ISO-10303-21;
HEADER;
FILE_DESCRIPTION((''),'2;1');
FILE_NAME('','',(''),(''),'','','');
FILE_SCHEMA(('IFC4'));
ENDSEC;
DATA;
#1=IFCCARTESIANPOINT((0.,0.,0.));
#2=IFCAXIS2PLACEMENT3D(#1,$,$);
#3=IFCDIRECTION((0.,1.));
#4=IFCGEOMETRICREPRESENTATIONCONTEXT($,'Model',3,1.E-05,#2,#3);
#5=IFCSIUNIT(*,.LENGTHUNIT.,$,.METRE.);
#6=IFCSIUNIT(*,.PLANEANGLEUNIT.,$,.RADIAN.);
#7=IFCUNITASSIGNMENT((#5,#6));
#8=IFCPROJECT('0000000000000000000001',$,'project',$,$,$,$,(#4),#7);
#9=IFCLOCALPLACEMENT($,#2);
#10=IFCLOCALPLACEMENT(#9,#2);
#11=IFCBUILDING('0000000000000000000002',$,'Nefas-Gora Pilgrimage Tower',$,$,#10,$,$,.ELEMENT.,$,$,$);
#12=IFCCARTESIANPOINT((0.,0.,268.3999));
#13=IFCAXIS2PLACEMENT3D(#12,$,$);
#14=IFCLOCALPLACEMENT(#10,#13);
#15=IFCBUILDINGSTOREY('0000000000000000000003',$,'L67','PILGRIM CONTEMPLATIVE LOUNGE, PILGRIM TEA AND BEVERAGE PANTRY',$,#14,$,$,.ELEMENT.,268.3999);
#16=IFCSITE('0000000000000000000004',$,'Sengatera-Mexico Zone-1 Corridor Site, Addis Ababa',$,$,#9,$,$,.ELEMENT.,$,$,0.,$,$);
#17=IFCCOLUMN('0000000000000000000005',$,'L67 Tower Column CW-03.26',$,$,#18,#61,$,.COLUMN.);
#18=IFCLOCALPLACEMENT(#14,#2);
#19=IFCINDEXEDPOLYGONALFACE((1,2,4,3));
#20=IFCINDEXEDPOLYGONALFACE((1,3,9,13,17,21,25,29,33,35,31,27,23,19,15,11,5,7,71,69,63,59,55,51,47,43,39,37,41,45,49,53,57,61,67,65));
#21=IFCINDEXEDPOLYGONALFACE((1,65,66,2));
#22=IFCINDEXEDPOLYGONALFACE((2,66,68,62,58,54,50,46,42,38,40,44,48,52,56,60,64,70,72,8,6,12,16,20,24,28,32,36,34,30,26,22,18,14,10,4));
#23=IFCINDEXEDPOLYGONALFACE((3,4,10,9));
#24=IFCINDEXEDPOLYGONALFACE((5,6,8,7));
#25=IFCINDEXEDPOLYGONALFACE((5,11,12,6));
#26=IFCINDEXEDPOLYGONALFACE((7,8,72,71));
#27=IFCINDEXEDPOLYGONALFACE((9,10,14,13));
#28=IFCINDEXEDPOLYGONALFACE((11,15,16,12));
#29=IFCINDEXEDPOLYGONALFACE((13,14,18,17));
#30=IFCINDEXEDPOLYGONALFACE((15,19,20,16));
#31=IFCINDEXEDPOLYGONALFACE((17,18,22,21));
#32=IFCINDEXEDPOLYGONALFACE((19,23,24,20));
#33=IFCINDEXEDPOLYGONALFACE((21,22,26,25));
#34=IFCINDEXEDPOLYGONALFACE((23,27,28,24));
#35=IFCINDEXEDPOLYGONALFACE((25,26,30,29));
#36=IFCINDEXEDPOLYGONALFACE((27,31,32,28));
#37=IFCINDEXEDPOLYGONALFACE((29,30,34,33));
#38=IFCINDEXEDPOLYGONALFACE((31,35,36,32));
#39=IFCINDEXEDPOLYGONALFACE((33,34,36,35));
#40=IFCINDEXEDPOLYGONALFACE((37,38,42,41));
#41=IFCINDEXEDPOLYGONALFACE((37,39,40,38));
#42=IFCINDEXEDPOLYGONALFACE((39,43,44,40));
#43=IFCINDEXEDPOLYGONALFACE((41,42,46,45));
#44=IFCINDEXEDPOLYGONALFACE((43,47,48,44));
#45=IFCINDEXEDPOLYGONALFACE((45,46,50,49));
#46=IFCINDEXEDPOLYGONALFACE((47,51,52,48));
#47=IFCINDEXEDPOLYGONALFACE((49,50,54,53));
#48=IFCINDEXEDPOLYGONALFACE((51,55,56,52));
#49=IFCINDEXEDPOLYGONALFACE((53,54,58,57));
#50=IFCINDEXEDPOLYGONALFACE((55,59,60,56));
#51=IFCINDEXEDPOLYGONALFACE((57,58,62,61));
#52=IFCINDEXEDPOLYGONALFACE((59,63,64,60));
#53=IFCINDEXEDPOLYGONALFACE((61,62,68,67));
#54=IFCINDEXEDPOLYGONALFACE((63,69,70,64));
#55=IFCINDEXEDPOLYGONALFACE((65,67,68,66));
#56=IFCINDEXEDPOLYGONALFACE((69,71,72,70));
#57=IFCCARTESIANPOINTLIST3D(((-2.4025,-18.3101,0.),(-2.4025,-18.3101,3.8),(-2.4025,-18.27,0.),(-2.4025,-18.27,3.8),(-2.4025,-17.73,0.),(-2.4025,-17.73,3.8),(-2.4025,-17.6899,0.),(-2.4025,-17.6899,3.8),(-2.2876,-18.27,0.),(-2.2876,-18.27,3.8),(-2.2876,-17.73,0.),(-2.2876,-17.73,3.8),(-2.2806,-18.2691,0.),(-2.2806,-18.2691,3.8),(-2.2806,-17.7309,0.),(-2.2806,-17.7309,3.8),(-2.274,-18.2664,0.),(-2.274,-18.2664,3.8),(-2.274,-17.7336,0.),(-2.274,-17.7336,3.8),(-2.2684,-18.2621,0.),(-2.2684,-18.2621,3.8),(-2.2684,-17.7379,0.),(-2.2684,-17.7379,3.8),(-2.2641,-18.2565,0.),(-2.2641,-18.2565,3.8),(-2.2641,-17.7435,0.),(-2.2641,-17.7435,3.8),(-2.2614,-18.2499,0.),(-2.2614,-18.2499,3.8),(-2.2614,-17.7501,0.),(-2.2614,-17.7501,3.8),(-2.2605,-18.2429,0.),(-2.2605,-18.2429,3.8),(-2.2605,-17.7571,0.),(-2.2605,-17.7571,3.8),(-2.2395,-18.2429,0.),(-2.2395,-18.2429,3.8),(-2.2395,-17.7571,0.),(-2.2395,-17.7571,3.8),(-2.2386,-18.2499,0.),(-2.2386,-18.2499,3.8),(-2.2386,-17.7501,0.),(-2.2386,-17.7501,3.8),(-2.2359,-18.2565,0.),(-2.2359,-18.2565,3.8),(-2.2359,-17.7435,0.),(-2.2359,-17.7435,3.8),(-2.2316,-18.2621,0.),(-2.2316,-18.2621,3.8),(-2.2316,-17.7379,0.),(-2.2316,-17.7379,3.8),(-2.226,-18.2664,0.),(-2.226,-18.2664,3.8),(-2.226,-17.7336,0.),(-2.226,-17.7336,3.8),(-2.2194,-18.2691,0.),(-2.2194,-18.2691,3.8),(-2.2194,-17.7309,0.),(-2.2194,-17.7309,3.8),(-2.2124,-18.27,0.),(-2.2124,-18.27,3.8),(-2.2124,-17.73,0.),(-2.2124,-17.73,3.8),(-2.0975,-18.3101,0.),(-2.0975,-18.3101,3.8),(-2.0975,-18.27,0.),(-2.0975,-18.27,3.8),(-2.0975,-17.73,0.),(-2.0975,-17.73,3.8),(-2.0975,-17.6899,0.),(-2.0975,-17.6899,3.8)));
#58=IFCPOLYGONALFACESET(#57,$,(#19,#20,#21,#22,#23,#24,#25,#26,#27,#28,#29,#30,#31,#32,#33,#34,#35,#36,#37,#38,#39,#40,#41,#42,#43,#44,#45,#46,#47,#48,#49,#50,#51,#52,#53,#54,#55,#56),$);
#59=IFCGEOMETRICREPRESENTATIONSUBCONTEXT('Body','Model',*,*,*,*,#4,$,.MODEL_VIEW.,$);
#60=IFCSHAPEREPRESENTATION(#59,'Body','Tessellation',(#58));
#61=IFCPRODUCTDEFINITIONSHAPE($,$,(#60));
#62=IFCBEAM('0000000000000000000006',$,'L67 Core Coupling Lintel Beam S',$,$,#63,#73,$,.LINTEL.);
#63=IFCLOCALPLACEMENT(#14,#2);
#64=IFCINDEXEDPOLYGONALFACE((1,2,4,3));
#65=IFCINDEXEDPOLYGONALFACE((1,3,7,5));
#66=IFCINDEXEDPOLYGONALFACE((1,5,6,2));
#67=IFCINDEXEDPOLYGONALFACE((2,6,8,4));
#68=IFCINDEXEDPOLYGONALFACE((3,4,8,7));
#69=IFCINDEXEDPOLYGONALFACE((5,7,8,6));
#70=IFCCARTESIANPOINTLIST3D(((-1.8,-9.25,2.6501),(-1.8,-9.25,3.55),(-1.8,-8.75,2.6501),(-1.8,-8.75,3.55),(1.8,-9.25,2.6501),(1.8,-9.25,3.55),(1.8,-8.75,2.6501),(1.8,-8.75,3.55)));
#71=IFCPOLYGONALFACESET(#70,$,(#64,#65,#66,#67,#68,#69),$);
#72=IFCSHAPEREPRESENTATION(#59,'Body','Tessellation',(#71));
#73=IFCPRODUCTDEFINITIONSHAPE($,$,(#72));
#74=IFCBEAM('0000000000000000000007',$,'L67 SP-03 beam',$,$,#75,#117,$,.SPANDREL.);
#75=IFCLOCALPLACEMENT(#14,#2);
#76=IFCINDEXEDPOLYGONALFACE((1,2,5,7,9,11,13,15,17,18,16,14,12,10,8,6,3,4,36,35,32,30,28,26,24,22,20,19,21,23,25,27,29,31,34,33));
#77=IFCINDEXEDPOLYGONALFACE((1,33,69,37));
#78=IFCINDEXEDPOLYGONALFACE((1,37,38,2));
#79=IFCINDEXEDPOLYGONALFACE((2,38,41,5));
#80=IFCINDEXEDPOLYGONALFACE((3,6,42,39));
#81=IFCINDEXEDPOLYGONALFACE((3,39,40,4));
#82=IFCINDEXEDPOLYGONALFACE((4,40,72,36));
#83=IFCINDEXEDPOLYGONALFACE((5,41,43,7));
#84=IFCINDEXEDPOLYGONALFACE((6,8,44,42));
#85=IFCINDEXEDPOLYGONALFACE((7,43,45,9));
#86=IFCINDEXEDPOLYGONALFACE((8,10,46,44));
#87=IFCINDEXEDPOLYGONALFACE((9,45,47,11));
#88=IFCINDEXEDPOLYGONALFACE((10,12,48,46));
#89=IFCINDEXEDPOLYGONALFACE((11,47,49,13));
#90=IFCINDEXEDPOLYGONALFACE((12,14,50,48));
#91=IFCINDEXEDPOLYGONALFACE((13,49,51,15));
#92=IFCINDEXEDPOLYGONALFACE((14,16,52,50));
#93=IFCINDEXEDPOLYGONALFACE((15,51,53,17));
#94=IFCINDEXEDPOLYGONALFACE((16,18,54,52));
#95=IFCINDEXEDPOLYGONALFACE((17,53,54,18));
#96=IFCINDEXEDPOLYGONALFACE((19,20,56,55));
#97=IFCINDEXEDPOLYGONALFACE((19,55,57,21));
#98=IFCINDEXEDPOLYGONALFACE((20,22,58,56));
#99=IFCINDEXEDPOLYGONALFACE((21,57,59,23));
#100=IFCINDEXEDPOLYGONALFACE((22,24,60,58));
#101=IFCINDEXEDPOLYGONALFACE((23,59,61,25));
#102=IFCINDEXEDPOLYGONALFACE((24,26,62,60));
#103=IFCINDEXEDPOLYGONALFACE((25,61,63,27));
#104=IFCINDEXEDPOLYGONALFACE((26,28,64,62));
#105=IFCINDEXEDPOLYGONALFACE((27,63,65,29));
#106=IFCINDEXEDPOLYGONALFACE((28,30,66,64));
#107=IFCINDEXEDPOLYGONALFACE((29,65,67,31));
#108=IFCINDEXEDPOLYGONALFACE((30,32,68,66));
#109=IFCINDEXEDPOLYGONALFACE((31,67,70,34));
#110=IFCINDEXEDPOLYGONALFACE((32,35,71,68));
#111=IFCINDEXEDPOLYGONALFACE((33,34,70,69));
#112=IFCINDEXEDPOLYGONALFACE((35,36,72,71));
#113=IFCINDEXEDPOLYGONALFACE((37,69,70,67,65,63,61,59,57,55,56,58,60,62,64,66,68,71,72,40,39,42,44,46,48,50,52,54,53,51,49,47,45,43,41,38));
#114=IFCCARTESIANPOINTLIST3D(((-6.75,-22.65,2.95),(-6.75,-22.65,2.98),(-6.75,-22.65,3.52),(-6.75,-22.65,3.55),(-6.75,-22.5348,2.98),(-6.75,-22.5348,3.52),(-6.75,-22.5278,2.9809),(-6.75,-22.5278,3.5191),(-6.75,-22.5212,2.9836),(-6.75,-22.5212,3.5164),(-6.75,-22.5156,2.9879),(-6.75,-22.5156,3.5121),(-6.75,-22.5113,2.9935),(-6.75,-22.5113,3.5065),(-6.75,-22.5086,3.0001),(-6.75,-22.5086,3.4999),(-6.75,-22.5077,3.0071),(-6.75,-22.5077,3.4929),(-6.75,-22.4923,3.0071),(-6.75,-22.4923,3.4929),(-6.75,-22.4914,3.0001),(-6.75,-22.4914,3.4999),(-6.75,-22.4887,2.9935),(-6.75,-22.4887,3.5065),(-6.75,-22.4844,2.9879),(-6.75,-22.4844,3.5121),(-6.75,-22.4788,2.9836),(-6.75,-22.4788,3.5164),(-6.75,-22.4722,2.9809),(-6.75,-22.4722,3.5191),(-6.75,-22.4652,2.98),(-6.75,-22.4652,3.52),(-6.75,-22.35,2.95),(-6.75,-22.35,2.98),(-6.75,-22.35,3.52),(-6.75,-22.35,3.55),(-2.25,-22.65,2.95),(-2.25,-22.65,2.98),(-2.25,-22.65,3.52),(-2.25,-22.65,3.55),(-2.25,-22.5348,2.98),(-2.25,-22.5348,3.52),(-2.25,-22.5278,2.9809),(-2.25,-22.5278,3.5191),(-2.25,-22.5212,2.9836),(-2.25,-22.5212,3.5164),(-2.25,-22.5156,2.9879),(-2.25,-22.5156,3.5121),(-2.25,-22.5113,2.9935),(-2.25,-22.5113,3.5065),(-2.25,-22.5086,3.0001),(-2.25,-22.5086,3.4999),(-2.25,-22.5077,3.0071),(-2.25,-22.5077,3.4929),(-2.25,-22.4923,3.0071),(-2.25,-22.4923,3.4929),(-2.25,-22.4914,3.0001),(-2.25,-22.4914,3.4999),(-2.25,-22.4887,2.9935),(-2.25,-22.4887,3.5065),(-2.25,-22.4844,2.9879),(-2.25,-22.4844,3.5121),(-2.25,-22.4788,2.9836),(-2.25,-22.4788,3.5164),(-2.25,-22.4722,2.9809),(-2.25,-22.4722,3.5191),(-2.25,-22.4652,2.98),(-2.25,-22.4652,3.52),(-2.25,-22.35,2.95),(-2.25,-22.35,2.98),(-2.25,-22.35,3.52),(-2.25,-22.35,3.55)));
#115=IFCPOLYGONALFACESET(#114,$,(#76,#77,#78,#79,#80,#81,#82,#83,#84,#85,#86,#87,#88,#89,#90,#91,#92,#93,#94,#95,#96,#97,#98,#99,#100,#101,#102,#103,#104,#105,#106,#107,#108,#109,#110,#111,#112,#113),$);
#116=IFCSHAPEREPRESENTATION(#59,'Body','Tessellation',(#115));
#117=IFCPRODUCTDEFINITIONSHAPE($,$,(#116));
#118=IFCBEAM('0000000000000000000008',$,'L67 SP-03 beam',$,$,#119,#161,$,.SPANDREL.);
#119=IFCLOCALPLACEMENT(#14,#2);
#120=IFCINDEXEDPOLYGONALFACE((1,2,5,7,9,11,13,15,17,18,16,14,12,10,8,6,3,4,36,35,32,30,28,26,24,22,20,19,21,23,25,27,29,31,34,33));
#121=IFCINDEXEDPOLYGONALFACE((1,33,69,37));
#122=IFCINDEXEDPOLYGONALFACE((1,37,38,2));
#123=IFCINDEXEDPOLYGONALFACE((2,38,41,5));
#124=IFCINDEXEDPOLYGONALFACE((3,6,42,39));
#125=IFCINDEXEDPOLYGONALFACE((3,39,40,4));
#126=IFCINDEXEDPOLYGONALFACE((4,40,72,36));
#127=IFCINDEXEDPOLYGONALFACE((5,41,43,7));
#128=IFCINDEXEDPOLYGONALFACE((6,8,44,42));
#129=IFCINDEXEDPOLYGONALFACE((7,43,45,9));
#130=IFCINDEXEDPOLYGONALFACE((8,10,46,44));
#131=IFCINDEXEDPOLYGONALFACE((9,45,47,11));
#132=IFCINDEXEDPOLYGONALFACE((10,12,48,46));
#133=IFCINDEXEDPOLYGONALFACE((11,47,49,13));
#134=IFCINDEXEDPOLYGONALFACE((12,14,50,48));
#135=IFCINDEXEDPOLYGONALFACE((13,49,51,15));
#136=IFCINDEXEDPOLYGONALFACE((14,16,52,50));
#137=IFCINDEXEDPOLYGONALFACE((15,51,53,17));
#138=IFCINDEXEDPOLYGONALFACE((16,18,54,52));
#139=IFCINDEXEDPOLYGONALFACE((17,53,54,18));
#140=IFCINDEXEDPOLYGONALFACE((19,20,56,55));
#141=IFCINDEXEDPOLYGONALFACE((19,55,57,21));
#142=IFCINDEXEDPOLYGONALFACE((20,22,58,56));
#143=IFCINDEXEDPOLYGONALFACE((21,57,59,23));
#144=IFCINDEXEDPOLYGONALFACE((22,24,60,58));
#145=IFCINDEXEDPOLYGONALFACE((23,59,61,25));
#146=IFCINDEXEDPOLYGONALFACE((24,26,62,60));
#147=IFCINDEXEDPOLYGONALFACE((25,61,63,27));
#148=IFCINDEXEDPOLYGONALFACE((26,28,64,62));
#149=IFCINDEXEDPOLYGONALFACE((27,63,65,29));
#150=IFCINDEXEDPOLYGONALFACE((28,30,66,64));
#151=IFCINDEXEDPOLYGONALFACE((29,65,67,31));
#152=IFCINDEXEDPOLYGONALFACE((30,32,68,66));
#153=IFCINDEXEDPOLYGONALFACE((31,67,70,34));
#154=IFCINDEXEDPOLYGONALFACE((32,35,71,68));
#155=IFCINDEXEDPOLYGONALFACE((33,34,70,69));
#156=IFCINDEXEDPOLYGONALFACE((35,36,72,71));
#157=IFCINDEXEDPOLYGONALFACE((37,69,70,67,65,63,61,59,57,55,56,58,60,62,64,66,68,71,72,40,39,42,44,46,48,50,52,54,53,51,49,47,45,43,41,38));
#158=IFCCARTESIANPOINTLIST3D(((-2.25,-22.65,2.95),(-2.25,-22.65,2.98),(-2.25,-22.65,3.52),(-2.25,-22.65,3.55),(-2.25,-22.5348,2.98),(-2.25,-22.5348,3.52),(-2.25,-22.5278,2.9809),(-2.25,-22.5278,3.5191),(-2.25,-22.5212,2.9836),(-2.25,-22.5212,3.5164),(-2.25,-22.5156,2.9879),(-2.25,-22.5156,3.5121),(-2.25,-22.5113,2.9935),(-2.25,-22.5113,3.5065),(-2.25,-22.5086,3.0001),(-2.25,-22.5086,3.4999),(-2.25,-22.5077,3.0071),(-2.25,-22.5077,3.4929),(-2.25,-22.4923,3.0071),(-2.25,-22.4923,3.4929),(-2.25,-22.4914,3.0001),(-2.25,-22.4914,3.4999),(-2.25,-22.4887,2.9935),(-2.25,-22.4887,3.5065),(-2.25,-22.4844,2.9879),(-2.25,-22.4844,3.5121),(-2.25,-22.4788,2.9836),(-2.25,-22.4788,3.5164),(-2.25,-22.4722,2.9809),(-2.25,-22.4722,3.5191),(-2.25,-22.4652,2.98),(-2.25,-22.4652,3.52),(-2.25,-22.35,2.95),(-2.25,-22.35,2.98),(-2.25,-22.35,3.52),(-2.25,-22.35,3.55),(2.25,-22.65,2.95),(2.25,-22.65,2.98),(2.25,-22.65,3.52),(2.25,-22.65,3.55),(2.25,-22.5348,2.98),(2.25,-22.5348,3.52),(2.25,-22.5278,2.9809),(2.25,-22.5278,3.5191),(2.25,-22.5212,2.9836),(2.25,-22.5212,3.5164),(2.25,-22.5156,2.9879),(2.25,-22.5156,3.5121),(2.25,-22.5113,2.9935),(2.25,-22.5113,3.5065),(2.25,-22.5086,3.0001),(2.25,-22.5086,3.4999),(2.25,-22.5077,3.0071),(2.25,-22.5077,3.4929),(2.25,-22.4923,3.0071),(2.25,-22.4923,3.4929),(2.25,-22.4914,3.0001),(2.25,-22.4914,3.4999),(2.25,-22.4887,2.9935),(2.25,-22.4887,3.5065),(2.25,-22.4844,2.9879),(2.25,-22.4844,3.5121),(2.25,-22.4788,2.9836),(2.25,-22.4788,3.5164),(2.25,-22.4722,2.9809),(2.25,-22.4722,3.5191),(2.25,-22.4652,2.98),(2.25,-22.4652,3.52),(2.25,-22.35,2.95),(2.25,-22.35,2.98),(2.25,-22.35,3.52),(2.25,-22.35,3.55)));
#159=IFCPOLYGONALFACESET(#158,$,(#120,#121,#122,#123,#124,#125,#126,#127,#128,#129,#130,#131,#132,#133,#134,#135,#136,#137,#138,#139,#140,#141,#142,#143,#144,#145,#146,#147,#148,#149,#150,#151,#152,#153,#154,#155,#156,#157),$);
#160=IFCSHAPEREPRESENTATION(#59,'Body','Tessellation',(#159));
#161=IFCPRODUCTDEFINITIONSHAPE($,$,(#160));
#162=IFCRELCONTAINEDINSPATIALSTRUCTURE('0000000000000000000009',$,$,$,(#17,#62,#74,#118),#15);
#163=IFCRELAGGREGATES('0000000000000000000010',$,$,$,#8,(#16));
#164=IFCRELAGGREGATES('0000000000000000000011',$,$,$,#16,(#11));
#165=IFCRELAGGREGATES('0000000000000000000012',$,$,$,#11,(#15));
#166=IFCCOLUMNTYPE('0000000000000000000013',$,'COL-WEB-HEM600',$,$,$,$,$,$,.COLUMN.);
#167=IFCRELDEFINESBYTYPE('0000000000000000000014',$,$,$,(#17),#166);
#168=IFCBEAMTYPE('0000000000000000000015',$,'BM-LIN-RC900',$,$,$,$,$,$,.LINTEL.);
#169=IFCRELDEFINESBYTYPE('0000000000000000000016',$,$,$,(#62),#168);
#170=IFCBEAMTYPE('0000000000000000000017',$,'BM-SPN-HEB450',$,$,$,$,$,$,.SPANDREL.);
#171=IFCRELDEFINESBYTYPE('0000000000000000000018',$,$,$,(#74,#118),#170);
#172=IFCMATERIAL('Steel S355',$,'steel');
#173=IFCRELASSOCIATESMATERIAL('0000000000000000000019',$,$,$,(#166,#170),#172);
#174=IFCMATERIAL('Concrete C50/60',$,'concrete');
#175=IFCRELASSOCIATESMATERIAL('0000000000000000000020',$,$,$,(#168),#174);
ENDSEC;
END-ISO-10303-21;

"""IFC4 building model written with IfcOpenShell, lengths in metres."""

from ifc_helpers import new_model, si_unit, direction, frame, origin, origin_2d, place, context, subcontext, project, spatial, rectangle, i_section, extrude, source, transform, mapped, material, material_profile, profile_set, type_object, element, save


model = new_model("IFC4")

# Units and contexts
model_context = context("Model", 3, precision=1e-05, world=origin(), true_north=direction((0.0, 1.0)))
body_context = subcontext(model_context, "Body", "Model", "MODEL_VIEW")
ifc_project = project(units=[si_unit("LENGTHUNIT", "METRE"), si_unit("PLANEANGLEUNIT", "RADIAN")], contexts=[model_context])

# Site, building, storey
site_placement = place(None, origin())
site = spatial("IfcSite", under=ifc_project, at=site_placement, Name="Sengatera-Mexico Zone-1 Corridor Site, Addis Ababa", CompositionType="ELEMENT", RefElevation=0.0)
building_placement = place(site_placement, origin())
building = spatial("IfcBuilding", under=site, at=building_placement, Name="Nefas-Gora Pilgrimage Tower", CompositionType="ELEMENT")
storey_placement = place(building_placement, frame((0.0, 0.0, 268.3999)))
storey = spatial("IfcBuildingStorey", under=building, at=storey_placement, Name="L67", Description="PILGRIM CONTEMPLATIVE LOUNGE, PILGRIM TEA AND BEVERAGE PANTRY", CompositionType="ELEMENT", Elevation=268.3999)

# Column
ifc_material_1 = material(Name="Steel S355", Category="steel")
ifc_material_profile_1 = material_profile(ifc_material_1, i_section(OverallWidth=0.3049, OverallDepth=0.6201, WebThickness=0.021, FlangeThickness=0.04, FilletRadius=0.0271, at=origin_2d()), Name="HEM 600")
ifc_profile_set_1 = profile_set([ifc_material_profile_1], Name="Steel S355")
column_type_1 = type_object("IfcColumnType", Name="COL-WEB-HEM600", PredefinedType="COLUMN", material=ifc_profile_set_1)
shared_shape_1 = source(origin(), body_context, "Body", "SweptSolid", [
    extrude(i_section(OverallWidth=0.3049, OverallDepth=0.6201, WebThickness=0.021, FlangeThickness=0.04, FilletRadius=0.0271, at=origin_2d()), origin(), (0.0, 0.0, 1.0), 3.8),
])
for number, where, z_axis, x_axis, name in (
    (1, (-2.25, -18.0, 0.0), (0.0, 0.0, 1.0), (1.0, 0.0, 0.0), "L67 Tower Column CW-03.26"),
):
    element("IfcColumn", number, at=place(storey_placement, frame(where, z_axis=z_axis, x_axis=x_axis)), inside=storey, type_object=column_type_1, Name=name, PredefinedType="COLUMN", context=body_context, shape_type="MappedRepresentation", body=[
        mapped(shared_shape_1, transform((0.0, 0.0, 0.0), x_axis=(1.0, 0.0, 0.0), y_axis=(0.0, 1.0, 0.0), z_axis=(0.0, 0.0, 1.0), scale=1.0)),
    ])

# Beams
ifc_material_2 = material(Name="Concrete C50/60", Category="concrete")
ifc_material_profile_2 = material_profile(ifc_material_2, rectangle(XDim=0.5, YDim=0.8999, at=origin_2d()), Name="RC 500x900")
ifc_profile_set_2 = profile_set([ifc_material_profile_2], Name="Concrete C50/60")
beam_type_1 = type_object("IfcBeamType", Name="BM-LIN-RC900", PredefinedType="LINTEL", material=ifc_profile_set_2)
shared_shape_2 = source(origin(), body_context, "Body", "SweptSolid", [
    extrude(rectangle(XDim=0.5, YDim=0.8999, at=origin_2d()), origin(), (0.0, 0.0, 1.0), 3.6001),
])
beam_placement = place(storey_placement, frame((-1.8, -9.0, 3.1001), z_axis=(1.0, 0.0, 0.0), x_axis=(0.0, 1.0, 0.0)))
element("IfcBeam", 2, at=beam_placement, inside=storey, type_object=beam_type_1, Name="L67 Core Coupling Lintel Beam S", PredefinedType="LINTEL", context=body_context, shape_type="MappedRepresentation", body=[
    mapped(shared_shape_2, transform((0.0, 0.0, 0.0), x_axis=(1.0, 0.0, 0.0), y_axis=(0.0, 1.0, 0.0), z_axis=(0.0, 0.0, 1.0), scale=1.0)),
])
ifc_material_profile_3 = material_profile(ifc_material_1, i_section(OverallWidth=0.3, OverallDepth=0.6001, WebThickness=0.0154, FlangeThickness=0.03, FilletRadius=0.0271, at=origin_2d()), Name="HEB 600")
ifc_profile_set_3 = profile_set([ifc_material_profile_3], Name="Steel S355")
beam_type_2 = type_object("IfcBeamType", Name="BM-SPN-HEB450", PredefinedType="SPANDREL", material=ifc_profile_set_3)
shared_shape_3 = source(origin(), body_context, "Body", "SweptSolid", [
    extrude(i_section(OverallWidth=0.3, OverallDepth=0.6001, WebThickness=0.0154, FlangeThickness=0.03, FilletRadius=0.0271, at=origin_2d()), origin(), (0.0, 0.0, 1.0), 4.5),
])
for number, where, z_axis, x_axis, name in (
    (3, (-6.75, -22.5, 3.25), (1.0, 0.0, 0.0), (0.0, 1.0, 0.0), "L67 SP-03 beam"),
    (4, (-2.25, -22.5, 3.25), (1.0, 0.0, 0.0), (0.0, 1.0, 0.0), "L67 SP-03 beam"),
):
    element("IfcBeam", number, at=place(storey_placement, frame(where, z_axis=z_axis, x_axis=x_axis)), inside=storey, type_object=beam_type_2, Name=name, PredefinedType="SPANDREL", context=body_context, shape_type="MappedRepresentation", body=[
        mapped(shared_shape_3, transform((0.0, 0.0, 0.0), x_axis=(1.0, 0.0, 0.0), y_axis=(0.0, 1.0, 0.0), z_axis=(0.0, 0.0, 1.0), scale=1.0)),
    ])

save(model, "model.ifc")
